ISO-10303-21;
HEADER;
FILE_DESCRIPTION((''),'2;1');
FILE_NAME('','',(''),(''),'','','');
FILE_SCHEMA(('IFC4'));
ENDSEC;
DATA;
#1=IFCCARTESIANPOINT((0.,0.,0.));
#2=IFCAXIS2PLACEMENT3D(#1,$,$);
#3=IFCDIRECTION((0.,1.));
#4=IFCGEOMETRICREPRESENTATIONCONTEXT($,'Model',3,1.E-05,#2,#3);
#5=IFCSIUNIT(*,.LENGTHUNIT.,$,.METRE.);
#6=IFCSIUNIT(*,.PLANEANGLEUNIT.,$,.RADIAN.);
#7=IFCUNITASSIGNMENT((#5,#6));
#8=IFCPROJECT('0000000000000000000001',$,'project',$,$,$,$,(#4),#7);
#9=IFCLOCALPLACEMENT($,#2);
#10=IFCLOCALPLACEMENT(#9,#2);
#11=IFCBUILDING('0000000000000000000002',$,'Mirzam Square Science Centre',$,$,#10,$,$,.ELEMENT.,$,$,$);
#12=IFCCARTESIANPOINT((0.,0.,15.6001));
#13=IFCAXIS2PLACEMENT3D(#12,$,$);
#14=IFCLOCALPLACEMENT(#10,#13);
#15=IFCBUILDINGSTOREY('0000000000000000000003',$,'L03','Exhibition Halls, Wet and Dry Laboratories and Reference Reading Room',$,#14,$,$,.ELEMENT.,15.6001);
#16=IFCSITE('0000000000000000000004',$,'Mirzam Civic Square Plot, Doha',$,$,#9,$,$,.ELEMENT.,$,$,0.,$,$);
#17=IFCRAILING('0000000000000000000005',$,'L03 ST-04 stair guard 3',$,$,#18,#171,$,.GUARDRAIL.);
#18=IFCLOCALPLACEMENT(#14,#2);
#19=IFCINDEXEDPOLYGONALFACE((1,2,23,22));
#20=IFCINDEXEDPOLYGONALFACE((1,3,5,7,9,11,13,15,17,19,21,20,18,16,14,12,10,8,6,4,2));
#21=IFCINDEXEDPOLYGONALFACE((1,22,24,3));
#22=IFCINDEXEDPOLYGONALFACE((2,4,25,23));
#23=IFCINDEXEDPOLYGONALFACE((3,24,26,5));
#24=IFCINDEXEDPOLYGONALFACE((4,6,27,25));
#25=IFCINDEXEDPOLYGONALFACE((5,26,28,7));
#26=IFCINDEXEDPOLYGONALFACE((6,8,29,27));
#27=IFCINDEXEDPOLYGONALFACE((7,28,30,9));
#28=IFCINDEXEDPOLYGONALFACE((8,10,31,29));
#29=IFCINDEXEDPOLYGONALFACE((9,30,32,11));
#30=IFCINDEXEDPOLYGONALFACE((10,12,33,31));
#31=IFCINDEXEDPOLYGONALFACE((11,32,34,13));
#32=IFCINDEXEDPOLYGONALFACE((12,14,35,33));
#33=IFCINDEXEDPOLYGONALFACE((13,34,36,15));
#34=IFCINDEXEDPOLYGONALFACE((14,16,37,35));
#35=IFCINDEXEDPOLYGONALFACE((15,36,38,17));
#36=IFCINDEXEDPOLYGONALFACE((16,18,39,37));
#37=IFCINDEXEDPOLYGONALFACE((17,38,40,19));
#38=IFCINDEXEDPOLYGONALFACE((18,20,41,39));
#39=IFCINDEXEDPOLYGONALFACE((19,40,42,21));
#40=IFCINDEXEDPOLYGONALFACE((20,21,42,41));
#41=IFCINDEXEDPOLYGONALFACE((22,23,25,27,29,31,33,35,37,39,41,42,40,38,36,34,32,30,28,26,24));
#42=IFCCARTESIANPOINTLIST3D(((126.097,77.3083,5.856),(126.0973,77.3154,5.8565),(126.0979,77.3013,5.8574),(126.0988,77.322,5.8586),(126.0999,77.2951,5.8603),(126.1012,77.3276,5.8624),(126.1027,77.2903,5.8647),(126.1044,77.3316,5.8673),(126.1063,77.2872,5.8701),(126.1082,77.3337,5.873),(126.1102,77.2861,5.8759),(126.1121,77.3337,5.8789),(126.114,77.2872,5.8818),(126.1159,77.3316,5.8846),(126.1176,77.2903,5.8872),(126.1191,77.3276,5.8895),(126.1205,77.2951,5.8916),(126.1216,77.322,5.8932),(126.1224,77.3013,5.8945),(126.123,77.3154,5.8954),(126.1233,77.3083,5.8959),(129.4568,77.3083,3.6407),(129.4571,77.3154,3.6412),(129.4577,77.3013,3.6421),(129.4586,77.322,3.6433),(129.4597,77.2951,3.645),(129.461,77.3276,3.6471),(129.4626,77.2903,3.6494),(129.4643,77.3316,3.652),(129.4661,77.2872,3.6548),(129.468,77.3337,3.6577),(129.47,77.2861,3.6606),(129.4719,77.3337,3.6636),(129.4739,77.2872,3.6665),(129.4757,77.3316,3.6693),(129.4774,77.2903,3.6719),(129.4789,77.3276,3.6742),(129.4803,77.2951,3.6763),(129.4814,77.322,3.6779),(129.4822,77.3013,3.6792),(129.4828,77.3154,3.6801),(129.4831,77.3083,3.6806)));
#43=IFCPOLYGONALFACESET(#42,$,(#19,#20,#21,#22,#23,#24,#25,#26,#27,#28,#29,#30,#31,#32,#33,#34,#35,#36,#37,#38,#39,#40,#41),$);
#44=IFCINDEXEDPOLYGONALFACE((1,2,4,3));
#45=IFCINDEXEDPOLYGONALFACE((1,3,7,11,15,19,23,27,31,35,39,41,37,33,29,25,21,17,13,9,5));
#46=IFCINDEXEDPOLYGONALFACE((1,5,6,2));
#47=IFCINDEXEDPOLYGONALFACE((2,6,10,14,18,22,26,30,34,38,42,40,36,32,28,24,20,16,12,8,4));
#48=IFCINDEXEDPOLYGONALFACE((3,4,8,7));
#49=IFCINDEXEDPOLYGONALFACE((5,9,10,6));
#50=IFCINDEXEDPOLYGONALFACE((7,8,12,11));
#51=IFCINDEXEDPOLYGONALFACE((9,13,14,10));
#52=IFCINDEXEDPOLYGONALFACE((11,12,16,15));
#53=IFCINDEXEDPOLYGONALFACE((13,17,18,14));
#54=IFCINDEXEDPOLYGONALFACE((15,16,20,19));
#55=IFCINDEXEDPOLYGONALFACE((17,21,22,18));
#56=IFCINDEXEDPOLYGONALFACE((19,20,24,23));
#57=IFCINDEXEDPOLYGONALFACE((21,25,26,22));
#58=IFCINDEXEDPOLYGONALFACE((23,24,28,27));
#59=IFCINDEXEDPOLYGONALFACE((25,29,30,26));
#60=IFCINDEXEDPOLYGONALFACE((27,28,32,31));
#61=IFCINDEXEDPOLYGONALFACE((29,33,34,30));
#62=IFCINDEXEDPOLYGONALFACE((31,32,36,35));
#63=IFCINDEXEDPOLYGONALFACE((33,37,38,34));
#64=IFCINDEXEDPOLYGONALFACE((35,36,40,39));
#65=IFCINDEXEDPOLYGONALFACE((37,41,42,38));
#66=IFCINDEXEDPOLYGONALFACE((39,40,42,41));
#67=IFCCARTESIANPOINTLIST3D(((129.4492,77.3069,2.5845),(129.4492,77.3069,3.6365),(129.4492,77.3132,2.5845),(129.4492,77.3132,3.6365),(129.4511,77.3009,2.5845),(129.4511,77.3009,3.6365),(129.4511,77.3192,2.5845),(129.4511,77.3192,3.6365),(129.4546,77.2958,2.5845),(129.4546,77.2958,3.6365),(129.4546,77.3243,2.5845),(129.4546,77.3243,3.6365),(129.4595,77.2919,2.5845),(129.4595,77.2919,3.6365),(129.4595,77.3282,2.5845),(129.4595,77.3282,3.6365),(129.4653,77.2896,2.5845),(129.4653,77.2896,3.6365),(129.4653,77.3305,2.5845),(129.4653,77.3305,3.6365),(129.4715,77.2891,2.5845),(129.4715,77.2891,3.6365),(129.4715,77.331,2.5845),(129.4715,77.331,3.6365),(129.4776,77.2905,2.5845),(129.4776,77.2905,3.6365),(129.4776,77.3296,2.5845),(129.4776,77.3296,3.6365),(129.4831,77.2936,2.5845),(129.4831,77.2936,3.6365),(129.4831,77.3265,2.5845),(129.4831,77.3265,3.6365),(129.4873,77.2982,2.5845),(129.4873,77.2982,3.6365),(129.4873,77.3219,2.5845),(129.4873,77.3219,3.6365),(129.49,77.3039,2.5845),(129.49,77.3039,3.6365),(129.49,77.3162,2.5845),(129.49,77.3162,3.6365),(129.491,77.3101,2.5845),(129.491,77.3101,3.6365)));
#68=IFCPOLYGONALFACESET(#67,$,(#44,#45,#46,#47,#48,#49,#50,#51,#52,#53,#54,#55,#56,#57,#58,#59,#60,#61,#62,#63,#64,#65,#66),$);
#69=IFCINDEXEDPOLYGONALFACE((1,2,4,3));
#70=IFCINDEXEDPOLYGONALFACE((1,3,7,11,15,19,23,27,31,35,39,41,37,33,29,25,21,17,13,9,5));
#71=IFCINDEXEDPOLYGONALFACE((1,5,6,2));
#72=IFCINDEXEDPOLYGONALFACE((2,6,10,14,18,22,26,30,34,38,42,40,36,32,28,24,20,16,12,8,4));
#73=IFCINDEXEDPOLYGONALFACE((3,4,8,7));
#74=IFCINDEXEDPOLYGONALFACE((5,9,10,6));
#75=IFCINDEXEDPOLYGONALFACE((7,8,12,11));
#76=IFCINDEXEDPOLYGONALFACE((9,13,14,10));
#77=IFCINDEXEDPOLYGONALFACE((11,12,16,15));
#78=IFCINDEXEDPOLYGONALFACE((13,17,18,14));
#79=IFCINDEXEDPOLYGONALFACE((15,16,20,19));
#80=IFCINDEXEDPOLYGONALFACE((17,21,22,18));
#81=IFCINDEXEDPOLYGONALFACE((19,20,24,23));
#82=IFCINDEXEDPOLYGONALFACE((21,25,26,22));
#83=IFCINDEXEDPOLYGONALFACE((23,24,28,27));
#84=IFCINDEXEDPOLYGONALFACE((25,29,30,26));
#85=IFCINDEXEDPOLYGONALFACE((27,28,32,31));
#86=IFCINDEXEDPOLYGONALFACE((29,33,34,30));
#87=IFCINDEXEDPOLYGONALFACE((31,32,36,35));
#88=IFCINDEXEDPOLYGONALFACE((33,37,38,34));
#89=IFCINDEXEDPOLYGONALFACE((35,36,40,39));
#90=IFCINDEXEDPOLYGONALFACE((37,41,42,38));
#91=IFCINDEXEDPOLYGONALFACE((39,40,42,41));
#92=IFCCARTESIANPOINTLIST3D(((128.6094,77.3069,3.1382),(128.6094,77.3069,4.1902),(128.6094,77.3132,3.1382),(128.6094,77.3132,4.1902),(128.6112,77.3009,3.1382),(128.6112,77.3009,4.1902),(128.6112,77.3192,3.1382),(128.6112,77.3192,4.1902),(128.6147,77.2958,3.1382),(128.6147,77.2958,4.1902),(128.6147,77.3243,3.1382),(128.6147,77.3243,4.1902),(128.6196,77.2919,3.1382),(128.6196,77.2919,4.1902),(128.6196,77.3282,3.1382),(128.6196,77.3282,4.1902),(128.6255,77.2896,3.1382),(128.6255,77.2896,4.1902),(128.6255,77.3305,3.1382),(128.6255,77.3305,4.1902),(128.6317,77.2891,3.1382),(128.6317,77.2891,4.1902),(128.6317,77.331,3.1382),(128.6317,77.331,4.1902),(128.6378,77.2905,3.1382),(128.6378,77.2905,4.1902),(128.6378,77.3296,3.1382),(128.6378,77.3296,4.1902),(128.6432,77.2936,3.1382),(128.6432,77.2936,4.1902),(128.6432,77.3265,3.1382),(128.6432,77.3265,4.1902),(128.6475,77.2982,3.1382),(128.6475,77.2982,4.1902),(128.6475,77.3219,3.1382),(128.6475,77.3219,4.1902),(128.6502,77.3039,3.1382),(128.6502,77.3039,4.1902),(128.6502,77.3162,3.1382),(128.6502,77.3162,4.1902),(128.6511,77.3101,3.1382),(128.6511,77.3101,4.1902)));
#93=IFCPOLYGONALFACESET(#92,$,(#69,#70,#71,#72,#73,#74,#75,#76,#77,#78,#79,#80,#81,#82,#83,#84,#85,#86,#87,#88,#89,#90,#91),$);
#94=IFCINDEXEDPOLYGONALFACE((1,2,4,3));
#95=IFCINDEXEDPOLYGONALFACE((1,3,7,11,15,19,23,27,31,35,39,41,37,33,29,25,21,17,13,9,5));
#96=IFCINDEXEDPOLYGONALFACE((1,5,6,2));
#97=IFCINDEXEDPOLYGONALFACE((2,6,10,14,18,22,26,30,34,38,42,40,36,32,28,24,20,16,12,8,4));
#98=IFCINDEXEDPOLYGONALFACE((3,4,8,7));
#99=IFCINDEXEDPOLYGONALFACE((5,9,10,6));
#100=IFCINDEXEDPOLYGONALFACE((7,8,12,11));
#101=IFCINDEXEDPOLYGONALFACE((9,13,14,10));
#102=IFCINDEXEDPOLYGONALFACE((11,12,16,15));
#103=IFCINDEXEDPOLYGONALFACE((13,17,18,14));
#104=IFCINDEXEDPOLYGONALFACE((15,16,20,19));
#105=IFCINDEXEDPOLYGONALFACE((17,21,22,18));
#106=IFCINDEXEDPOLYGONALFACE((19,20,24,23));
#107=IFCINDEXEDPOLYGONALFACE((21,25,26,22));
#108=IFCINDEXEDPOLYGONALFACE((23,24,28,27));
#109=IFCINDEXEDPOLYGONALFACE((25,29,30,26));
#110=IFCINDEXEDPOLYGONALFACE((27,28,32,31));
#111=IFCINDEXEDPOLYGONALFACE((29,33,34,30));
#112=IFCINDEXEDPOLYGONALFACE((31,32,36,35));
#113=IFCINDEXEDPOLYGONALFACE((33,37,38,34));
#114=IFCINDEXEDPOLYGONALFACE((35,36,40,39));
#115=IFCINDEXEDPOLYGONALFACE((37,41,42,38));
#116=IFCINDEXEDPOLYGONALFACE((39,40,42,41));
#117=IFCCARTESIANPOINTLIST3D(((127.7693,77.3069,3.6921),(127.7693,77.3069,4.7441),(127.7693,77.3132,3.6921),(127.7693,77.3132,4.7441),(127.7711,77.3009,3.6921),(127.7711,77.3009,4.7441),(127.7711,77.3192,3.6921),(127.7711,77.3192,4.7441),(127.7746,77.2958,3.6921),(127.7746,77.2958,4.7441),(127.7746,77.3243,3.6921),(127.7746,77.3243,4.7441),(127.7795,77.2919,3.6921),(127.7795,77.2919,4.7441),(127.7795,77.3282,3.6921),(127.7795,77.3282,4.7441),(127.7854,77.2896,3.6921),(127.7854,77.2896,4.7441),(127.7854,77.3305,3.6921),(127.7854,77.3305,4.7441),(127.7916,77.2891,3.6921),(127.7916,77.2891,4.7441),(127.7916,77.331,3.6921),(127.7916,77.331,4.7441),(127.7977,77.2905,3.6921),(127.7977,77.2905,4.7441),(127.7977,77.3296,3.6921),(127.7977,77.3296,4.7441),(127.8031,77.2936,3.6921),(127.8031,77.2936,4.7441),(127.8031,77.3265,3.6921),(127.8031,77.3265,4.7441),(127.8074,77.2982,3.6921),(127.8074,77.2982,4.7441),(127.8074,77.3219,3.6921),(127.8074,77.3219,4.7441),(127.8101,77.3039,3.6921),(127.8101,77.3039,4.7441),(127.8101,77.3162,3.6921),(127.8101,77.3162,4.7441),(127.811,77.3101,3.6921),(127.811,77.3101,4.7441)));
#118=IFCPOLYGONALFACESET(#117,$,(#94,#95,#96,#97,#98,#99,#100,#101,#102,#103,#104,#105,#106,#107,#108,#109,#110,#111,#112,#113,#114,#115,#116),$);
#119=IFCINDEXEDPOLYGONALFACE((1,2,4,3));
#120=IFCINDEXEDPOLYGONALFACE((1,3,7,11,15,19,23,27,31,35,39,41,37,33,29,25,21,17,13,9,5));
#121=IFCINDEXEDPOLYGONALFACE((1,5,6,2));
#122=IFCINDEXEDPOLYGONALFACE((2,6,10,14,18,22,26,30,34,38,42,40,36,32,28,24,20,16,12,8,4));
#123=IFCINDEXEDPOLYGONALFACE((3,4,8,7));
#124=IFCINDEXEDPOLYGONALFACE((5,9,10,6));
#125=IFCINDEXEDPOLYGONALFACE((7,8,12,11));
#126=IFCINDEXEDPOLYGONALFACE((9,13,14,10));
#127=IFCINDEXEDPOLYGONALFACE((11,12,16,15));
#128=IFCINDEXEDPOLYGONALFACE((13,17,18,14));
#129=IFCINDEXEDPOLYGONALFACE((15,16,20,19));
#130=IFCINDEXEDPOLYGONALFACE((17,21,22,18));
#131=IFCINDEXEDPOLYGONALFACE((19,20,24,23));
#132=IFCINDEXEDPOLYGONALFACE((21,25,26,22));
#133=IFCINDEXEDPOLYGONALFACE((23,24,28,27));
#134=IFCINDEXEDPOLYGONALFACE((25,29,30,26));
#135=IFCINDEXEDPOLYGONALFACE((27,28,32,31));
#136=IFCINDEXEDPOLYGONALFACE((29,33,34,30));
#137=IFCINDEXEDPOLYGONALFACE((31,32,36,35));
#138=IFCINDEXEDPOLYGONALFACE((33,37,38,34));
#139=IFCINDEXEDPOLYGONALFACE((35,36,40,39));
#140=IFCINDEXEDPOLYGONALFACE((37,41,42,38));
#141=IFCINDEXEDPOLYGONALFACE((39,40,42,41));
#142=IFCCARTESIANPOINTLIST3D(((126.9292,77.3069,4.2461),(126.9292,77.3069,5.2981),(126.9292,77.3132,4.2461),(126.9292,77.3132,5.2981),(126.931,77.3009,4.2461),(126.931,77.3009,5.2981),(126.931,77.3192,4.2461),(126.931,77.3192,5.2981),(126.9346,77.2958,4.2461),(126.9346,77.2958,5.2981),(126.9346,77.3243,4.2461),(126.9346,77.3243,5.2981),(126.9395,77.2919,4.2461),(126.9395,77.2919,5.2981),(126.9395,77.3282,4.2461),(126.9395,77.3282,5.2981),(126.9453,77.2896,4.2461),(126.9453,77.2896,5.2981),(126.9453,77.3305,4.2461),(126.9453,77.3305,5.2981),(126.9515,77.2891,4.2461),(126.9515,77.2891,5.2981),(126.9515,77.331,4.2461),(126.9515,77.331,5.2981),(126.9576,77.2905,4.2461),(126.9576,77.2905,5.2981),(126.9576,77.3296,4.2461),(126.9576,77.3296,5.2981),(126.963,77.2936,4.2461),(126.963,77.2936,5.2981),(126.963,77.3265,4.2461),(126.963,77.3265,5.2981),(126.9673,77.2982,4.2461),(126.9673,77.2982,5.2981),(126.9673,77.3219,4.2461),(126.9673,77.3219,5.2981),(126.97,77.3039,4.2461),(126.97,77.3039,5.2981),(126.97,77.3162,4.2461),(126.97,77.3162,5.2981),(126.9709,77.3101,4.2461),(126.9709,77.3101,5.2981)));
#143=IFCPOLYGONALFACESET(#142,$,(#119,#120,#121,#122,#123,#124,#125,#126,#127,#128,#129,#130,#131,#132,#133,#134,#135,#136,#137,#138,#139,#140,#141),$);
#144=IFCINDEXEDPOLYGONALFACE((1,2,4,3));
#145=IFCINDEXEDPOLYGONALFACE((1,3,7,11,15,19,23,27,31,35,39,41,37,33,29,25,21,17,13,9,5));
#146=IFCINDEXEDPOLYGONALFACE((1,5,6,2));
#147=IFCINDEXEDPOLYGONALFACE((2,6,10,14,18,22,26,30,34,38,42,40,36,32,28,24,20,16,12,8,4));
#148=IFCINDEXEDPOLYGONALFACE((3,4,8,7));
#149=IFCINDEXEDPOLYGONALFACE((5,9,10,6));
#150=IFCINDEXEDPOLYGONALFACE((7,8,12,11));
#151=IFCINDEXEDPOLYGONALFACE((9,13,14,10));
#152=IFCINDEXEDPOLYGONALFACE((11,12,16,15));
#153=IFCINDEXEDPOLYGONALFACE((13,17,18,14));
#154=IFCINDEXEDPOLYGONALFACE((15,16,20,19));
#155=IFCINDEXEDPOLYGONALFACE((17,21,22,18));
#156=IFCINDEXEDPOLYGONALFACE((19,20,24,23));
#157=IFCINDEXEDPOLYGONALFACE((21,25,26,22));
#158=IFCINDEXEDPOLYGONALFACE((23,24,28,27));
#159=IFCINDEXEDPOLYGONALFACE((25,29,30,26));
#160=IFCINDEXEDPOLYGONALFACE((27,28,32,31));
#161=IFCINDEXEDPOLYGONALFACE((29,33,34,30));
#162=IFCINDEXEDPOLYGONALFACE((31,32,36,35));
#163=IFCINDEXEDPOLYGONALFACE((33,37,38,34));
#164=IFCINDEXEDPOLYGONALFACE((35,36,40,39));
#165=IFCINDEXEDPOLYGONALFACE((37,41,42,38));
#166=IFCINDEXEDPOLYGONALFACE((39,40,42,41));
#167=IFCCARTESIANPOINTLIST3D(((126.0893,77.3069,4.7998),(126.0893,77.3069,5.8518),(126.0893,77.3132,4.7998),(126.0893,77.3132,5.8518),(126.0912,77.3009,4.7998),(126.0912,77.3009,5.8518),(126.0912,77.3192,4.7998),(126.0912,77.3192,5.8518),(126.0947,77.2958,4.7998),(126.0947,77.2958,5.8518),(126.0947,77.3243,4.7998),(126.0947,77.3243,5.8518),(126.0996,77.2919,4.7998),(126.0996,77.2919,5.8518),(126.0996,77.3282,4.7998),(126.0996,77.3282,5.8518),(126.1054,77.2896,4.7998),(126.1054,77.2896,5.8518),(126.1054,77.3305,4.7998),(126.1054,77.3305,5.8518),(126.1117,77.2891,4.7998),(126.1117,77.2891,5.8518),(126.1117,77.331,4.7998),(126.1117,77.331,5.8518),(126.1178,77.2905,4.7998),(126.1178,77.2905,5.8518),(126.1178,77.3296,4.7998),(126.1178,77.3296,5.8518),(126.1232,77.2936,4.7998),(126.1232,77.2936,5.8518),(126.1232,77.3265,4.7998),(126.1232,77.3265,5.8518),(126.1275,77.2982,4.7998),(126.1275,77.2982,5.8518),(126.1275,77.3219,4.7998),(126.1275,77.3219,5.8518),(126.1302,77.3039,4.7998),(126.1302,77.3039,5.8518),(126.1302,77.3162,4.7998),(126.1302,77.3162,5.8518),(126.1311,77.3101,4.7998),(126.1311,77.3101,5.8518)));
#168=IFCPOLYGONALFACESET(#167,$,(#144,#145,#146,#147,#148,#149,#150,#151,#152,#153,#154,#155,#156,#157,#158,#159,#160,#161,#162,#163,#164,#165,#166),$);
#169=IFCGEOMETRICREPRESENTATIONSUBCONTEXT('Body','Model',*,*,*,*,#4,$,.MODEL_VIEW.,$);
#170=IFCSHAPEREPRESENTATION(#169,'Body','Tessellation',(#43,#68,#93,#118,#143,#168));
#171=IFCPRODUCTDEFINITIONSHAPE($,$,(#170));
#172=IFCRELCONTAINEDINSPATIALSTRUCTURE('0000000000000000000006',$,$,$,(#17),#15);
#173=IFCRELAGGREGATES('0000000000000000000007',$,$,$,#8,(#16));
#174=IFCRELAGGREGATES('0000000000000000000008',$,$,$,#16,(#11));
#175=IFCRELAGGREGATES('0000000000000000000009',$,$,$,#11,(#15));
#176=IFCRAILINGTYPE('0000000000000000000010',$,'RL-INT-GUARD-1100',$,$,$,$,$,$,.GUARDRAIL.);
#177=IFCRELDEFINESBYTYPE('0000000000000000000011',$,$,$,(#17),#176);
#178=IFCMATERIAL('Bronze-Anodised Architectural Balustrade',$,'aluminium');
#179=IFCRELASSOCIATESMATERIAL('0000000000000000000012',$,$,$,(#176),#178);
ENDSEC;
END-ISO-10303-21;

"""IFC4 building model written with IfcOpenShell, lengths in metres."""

from ifc_helpers import new_model, si_unit, direction, frame, origin, origin_2d, place, context, subcontext, project, spatial, circle, extrude, material, type_object, element, save


model = new_model("IFC4")

# Units and contexts
model_context = context("Model", 3, precision=1e-05, world=origin(), true_north=direction((0.0, 1.0)))
body_context = subcontext(model_context, "Body", "Model", "MODEL_VIEW")
ifc_project = project(units=[si_unit("LENGTHUNIT", "METRE"), si_unit("PLANEANGLEUNIT", "RADIAN")], contexts=[model_context])

# Site, building, storey
site_placement = place(None, origin())
site = spatial("IfcSite", under=ifc_project, at=site_placement, Name="Mirzam Civic Square Plot, Doha", CompositionType="ELEMENT", RefElevation=0.0)
building_placement = place(site_placement, origin())
building = spatial("IfcBuilding", under=site, at=building_placement, Name="Mirzam Square Science Centre", CompositionType="ELEMENT")
storey_placement = place(building_placement, frame((0.0, 0.0, 15.6001)))
storey = spatial("IfcBuildingStorey", under=building, at=storey_placement, Name="L03", Description="Exhibition Halls, Wet and Dry Laboratories and Reference Reading Room", CompositionType="ELEMENT", Elevation=15.6001)

# Railing
ifc_material_1 = material(Name="Bronze-Anodised Architectural Balustrade", Category="aluminium")
railing_type_1 = type_object("IfcRailingType", Name="RL-INT-GUARD-1100", PredefinedType="GUARDRAIL", material=ifc_material_1)
railing_1_placement = place(storey_placement, frame((129.47, 77.3101, 2.5845)))
element("IfcRailing", 1, at=railing_1_placement, inside=storey, type_object=railing_type_1, Name="L03 ST-04 stair guard 3", PredefinedType="GUARDRAIL", context=body_context, shape_type="SweptSolid", body=[
    extrude(circle(Radius=0.0239, at=origin_2d()), frame((0.0, 0.0, 1.0762), z_axis=(-0.834858, 0.0, 0.550465), x_axis=(0.0, -1.0, 0.0)), (0.0, 0.0, 1.0), 4.0244),
    extrude(circle(Radius=0.021, at=origin_2d()), origin(), (0.0, 0.0, 1.0), 1.052),
    extrude(circle(Radius=0.021, at=origin_2d()), frame((-0.8398, 0.0, 0.5537)), (0.0, 0.0, 1.0), 1.052),
    extrude(circle(Radius=0.021, at=origin_2d()), frame((-1.6799, 0.0, 1.1077)), (0.0, 0.0, 1.0), 1.052),
    extrude(circle(Radius=0.021, at=origin_2d()), frame((-2.52, 0.0, 1.6616)), (0.0, 0.0, 1.0), 1.052),
    extrude(circle(Radius=0.021, at=origin_2d()), frame((-3.3599, 0.0, 2.2153)), (0.0, 0.0, 1.0), 1.052),
])

save(model, "model.ifc")
